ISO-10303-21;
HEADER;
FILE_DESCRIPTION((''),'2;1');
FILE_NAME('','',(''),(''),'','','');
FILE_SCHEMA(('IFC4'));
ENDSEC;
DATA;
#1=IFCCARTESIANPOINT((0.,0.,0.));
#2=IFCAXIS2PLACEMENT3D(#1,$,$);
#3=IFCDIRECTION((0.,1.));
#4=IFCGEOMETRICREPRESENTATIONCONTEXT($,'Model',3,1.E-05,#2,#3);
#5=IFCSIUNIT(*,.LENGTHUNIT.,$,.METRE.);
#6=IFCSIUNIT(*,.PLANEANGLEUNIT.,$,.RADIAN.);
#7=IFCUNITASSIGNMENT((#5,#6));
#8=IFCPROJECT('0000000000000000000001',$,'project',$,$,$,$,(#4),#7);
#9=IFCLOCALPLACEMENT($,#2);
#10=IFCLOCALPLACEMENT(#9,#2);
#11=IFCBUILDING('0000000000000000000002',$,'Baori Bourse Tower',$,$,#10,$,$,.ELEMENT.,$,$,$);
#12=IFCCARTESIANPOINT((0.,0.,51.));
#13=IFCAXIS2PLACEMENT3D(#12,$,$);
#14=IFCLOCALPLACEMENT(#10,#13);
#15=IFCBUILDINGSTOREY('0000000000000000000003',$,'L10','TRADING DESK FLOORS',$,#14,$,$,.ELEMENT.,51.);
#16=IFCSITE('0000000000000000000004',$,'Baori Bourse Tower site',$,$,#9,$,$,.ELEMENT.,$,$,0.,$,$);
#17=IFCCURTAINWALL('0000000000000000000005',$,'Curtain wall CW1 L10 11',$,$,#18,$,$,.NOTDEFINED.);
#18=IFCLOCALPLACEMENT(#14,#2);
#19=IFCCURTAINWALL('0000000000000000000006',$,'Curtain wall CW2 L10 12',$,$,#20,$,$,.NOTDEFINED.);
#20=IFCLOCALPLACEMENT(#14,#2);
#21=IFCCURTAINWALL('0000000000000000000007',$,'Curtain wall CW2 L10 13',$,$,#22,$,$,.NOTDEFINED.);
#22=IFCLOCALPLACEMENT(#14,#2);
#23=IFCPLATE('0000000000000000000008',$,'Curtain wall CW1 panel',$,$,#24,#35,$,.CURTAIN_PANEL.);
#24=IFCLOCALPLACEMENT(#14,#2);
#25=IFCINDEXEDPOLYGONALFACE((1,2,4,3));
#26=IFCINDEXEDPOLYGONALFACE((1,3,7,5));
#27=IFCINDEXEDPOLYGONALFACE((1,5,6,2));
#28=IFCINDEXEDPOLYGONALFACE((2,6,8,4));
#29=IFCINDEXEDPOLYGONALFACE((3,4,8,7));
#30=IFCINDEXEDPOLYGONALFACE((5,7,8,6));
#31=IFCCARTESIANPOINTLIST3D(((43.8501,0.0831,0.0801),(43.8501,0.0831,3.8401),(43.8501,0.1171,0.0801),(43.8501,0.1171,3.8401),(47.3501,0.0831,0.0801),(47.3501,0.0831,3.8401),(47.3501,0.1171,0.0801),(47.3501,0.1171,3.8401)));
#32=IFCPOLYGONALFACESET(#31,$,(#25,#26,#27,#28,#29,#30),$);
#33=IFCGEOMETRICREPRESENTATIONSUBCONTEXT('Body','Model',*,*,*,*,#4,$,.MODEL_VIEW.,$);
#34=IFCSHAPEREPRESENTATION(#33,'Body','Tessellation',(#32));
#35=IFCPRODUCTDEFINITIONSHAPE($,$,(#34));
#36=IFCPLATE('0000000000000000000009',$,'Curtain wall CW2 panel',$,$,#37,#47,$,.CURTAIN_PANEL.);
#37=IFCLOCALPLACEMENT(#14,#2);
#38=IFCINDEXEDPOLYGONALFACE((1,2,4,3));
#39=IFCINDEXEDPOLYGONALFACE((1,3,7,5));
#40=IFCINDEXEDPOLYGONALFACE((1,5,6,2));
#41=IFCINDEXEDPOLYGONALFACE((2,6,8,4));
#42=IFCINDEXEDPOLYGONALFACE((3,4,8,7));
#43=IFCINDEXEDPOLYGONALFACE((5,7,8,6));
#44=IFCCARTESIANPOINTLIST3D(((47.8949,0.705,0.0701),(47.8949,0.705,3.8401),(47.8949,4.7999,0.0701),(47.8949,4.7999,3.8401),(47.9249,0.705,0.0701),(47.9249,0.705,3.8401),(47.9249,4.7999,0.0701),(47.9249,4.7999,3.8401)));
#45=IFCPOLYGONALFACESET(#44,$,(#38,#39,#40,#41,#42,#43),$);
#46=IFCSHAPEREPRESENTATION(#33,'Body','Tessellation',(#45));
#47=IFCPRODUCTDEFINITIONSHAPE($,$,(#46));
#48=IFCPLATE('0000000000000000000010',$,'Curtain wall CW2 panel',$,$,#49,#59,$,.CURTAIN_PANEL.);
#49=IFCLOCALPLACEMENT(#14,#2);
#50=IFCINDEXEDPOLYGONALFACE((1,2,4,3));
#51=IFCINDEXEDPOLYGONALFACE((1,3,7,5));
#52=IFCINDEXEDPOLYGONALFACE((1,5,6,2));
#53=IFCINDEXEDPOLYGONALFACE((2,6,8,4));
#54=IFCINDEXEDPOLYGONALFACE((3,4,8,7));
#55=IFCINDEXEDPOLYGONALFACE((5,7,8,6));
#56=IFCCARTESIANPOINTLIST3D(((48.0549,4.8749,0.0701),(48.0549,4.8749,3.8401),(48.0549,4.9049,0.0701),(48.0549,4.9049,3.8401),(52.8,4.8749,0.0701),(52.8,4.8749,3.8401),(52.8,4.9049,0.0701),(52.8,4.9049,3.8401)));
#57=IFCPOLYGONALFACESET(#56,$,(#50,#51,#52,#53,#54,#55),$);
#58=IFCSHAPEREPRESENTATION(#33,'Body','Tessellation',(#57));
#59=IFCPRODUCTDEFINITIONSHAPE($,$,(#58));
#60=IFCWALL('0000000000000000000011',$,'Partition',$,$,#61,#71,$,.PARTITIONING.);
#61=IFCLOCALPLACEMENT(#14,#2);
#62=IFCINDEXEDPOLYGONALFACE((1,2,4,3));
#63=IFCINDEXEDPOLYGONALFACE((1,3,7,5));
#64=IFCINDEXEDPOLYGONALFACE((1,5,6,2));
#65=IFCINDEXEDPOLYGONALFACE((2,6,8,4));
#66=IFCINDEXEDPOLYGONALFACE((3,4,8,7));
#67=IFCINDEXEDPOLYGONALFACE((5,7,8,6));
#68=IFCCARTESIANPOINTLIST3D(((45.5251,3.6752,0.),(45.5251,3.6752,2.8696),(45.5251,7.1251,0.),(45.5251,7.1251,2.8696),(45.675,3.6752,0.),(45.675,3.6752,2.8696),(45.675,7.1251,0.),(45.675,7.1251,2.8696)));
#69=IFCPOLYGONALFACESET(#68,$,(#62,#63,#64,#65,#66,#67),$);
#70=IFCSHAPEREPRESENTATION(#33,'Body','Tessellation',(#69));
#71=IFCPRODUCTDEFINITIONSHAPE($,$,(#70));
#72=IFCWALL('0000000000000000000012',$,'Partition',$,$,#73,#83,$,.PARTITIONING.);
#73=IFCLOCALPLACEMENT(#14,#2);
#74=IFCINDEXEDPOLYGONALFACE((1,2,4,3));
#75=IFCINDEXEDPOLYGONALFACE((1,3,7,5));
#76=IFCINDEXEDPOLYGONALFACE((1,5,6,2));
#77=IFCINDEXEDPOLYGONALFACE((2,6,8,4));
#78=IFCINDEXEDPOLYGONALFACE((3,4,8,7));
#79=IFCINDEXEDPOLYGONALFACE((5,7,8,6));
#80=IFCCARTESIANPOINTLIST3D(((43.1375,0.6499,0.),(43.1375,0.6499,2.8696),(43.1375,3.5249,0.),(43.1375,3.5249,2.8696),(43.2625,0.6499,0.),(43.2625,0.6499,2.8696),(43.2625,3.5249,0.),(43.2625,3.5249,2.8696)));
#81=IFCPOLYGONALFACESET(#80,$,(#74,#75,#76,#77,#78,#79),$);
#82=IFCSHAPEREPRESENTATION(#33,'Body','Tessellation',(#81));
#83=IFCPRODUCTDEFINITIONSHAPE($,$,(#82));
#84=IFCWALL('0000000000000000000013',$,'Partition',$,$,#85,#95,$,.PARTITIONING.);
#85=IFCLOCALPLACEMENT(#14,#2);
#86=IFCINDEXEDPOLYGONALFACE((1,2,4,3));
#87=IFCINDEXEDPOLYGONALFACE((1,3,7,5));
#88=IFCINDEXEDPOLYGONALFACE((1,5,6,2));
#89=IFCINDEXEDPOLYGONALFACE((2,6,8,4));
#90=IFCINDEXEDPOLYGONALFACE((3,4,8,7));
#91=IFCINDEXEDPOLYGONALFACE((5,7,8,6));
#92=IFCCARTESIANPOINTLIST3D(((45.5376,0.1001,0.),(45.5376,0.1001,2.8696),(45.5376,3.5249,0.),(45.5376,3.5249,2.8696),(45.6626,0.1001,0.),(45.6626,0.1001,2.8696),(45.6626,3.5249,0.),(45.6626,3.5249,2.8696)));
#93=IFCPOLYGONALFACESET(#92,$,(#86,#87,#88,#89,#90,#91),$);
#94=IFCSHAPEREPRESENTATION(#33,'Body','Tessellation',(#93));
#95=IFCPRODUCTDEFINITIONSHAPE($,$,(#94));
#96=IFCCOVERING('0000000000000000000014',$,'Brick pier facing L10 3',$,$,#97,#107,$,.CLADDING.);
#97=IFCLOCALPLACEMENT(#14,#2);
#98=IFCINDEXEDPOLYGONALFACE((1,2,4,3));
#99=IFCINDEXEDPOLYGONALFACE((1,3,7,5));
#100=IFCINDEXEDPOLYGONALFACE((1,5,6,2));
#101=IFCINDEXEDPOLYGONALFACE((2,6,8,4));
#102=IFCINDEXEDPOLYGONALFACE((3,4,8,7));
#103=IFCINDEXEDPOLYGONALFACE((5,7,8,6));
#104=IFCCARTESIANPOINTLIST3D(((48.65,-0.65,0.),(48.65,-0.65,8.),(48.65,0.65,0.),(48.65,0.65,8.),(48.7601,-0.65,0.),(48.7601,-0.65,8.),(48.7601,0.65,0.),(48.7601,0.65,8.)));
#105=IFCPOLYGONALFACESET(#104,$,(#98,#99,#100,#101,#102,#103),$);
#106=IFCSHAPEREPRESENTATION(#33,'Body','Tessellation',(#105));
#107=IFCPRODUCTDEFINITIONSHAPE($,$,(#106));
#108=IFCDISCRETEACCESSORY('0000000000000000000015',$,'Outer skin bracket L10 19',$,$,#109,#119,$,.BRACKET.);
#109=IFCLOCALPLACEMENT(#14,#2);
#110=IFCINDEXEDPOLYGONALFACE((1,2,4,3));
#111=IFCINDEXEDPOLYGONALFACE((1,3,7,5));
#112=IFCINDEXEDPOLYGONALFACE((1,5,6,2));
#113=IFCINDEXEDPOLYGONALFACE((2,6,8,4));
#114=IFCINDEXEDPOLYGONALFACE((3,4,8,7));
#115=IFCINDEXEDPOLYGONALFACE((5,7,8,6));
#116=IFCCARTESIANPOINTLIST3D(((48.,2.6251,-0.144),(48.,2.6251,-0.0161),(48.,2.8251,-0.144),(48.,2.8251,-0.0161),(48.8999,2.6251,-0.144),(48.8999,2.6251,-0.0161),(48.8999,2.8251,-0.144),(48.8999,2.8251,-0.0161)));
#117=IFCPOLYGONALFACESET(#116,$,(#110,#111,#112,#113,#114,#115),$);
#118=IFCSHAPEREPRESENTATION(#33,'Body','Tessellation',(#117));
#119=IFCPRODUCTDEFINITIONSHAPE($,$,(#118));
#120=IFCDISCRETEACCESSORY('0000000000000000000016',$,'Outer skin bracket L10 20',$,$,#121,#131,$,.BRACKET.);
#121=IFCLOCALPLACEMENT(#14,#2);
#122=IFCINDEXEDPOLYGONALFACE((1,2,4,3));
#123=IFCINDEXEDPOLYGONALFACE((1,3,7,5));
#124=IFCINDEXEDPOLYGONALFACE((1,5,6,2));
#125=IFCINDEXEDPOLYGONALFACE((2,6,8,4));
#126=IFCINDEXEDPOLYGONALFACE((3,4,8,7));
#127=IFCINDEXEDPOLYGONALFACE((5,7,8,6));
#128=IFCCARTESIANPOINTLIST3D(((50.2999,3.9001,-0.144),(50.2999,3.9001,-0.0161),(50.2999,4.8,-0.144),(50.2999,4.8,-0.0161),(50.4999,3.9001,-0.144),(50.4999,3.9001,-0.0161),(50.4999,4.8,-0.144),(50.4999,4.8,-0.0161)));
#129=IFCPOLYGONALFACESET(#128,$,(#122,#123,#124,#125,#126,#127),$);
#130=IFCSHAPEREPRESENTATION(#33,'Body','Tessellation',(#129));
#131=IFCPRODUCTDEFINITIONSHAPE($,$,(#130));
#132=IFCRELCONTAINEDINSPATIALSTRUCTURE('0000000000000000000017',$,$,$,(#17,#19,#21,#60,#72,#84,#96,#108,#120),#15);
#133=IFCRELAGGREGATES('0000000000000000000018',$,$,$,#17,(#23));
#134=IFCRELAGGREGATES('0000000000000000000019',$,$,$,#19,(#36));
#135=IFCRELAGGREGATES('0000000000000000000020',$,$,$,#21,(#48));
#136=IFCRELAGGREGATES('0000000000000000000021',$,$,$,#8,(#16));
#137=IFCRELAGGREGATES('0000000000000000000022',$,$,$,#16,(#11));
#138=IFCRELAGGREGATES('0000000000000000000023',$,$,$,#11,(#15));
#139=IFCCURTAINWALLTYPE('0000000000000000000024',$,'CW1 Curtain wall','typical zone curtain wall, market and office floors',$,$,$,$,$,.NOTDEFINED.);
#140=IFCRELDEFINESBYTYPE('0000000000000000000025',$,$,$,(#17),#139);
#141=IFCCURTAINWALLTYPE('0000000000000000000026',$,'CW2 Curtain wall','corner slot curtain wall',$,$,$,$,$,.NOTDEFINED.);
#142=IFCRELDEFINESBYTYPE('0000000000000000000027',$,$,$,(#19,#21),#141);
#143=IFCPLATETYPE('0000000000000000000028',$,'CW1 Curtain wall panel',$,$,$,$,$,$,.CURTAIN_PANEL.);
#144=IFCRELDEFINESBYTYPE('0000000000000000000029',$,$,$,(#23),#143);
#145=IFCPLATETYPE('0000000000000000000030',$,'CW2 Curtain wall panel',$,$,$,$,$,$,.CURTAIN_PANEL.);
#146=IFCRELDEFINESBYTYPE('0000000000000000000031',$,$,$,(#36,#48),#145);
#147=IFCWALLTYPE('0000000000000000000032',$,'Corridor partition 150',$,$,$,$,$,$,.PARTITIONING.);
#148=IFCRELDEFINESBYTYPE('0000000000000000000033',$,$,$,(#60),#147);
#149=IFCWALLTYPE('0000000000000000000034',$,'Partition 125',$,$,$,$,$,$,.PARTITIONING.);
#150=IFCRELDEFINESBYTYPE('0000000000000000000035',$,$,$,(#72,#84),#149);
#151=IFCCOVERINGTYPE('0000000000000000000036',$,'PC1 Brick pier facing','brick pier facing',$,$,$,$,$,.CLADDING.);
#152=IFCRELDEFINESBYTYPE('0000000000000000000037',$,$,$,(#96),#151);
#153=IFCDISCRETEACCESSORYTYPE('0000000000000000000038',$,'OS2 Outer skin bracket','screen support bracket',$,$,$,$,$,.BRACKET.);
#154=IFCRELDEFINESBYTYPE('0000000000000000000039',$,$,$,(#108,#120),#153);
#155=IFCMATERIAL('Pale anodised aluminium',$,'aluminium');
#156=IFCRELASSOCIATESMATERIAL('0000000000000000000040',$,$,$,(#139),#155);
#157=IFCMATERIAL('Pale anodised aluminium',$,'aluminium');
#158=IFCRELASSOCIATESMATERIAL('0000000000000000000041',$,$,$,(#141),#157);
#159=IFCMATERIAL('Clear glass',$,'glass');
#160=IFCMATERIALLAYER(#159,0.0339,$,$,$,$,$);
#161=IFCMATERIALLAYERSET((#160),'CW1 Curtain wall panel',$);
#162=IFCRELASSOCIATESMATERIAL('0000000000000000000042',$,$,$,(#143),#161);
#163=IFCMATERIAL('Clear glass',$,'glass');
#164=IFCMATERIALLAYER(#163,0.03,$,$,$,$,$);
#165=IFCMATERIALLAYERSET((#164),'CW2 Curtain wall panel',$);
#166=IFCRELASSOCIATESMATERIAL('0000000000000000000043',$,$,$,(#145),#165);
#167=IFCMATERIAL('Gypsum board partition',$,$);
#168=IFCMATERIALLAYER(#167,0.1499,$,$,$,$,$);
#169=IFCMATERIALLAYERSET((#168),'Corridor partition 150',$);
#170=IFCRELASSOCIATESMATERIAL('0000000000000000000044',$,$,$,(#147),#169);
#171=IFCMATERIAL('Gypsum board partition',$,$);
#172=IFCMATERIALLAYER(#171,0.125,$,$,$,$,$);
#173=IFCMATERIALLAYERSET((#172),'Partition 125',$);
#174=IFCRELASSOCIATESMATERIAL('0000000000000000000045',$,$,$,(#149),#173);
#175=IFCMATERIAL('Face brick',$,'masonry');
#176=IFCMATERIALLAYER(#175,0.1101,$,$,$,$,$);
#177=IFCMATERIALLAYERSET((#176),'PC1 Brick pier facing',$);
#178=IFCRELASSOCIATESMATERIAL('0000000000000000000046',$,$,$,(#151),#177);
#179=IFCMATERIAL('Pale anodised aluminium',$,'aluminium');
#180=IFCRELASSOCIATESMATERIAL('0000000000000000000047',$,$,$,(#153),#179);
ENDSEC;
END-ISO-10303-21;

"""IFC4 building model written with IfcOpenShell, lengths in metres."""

from ifc_helpers import new_model, si_unit, direction, frame, frame_2d, origin, origin_2d, place, context, subcontext, project, spatial, rectangle, extrude, material, layer, layer_set, type_object, element, aggregate, save


model = new_model("IFC4")

# Units and contexts
model_context = context("Model", 3, precision=1e-05, world=origin(), true_north=direction((0.0, 1.0)))
body_context = subcontext(model_context, "Body", "Model", "MODEL_VIEW")
ifc_project = project(units=[si_unit("LENGTHUNIT", "METRE"), si_unit("PLANEANGLEUNIT", "RADIAN")], contexts=[model_context])

# Site, building, storey
site_placement = place(None, origin())
site = spatial("IfcSite", under=ifc_project, at=site_placement, Name="Baori Bourse Tower site", CompositionType="ELEMENT", RefElevation=0.0)
building_placement = place(site_placement, origin())
building = spatial("IfcBuilding", under=site, at=building_placement, Name="Baori Bourse Tower", CompositionType="ELEMENT")
storey_placement = place(building_placement, frame((0.0, 0.0, 51.0)))
storey = spatial("IfcBuildingStorey", under=building, at=storey_placement, Name="L10", Description="TRADING DESK FLOORS", CompositionType="ELEMENT", Elevation=51.0)

# Curtain walls
ifc_material_1 = material(Name="Pale anodised aluminium", Category="aluminium")
curtain_wall_type_1 = type_object("IfcCurtainWallType", Name="CW1 Curtain wall", Description="typical zone curtain wall, market and office floors", PredefinedType="NOTDEFINED", material=ifc_material_1)
curtain_wall_1_placement = place(storey_placement, origin())
curtain_wall_1 = element("IfcCurtainWall", 1, at=curtain_wall_1_placement, inside=storey, type_object=curtain_wall_type_1, Name="Curtain wall CW1 L10 11", PredefinedType="NOTDEFINED")
ifc_material_2 = material(Name="Pale anodised aluminium", Category="aluminium")
curtain_wall_type_2 = type_object("IfcCurtainWallType", Name="CW2 Curtain wall", Description="corner slot curtain wall", PredefinedType="NOTDEFINED", material=ifc_material_2)
curtain_wall_2_placement = place(storey_placement, origin())
curtain_wall_2 = element("IfcCurtainWall", 2, at=curtain_wall_2_placement, inside=storey, type_object=curtain_wall_type_2, Name="Curtain wall CW2 L10 12", PredefinedType="NOTDEFINED")
curtain_wall_3_placement = place(storey_placement, origin())
curtain_wall_3 = element("IfcCurtainWall", 3, at=curtain_wall_3_placement, inside=storey, type_object=curtain_wall_type_2, Name="Curtain wall CW2 L10 13", PredefinedType="NOTDEFINED")

# Plates
ifc_material_3 = material(Name="Clear glass", Category="glass")
ifc_layer_1 = layer(ifc_material_3, 0.0339)
ifc_layer_set_1 = layer_set([ifc_layer_1], Name="CW1 Curtain wall panel")
plate_type_1 = type_object("IfcPlateType", Name="CW1 Curtain wall panel", PredefinedType="CURTAIN_PANEL", material=ifc_layer_set_1)
plate_1_placement = place(storey_placement, frame((45.6001, 0.1001, 0.0801), z_axis=(0.0, 0.0, 1.0), x_axis=(1.0, 0.0, 0.0)))
plate_1 = element("IfcPlate", 4, at=plate_1_placement, type_object=plate_type_1, Name="Curtain wall CW1 panel", PredefinedType="CURTAIN_PANEL", context=body_context, shape_type="SweptSolid", body=[
    extrude(rectangle(XDim=3.5, YDim=0.0339, at=origin_2d()), origin(), (0.0, 0.0, 1.0), 3.76),
])
aggregate(curtain_wall_1, [plate_1])
ifc_material_4 = material(Name="Clear glass", Category="glass")
ifc_layer_2 = layer(ifc_material_4, 0.03)
ifc_layer_set_2 = layer_set([ifc_layer_2], Name="CW2 Curtain wall panel")
plate_type_2 = type_object("IfcPlateType", Name="CW2 Curtain wall panel", PredefinedType="CURTAIN_PANEL", material=ifc_layer_set_2)
plate_2_placement = place(storey_placement, frame((47.9099, 2.7524, 0.0701), z_axis=(0.0, 0.0, 1.0), x_axis=(0.0, 1.0, 0.0)))
plate_2 = element("IfcPlate", 5, at=plate_2_placement, type_object=plate_type_2, Name="Curtain wall CW2 panel", PredefinedType="CURTAIN_PANEL", context=body_context, shape_type="SweptSolid", body=[
    extrude(rectangle(XDim=4.095, YDim=0.03, at=origin_2d()), origin(), (0.0, 0.0, 1.0), 3.77),
])
aggregate(curtain_wall_2, [plate_2])
plate_3_placement = place(storey_placement, frame((50.4275, 4.8899, 0.0701), z_axis=(0.0, 0.0, 1.0), x_axis=(1.0, 0.0, 0.0)))
plate_3 = element("IfcPlate", 6, at=plate_3_placement, type_object=plate_type_2, Name="Curtain wall CW2 panel", PredefinedType="CURTAIN_PANEL", context=body_context, shape_type="SweptSolid", body=[
    extrude(rectangle(XDim=4.7451, YDim=0.03, at=origin_2d()), origin(), (0.0, 0.0, 1.0), 3.77),
])
aggregate(curtain_wall_3, [plate_3])

# Walls
ifc_material_5 = material(Name="Gypsum board partition")
ifc_layer_3 = layer(ifc_material_5, 0.1499)
ifc_layer_set_3 = layer_set([ifc_layer_3], Name="Corridor partition 150")
wall_type_1 = type_object("IfcWallType", Name="Corridor partition 150", PredefinedType="PARTITIONING", material=ifc_layer_set_3)
wall_1_placement = place(storey_placement, frame((45.6001, 3.675, 0.0), z_axis=(0.0, 0.0, 1.0), x_axis=(0.0, 1.0, 0.0)))
element("IfcWall", 7, at=wall_1_placement, inside=storey, type_object=wall_type_1, Name="Partition", PredefinedType="PARTITIONING", context=body_context, shape_type="SweptSolid", body=[
    extrude(rectangle(XDim=3.45, YDim=0.1499, at=frame_2d((1.7251, 0.0))), origin(), (0.0, 0.0, 1.0), 2.8696),
])
ifc_material_6 = material(Name="Gypsum board partition")
ifc_layer_4 = layer(ifc_material_6, 0.125)
ifc_layer_set_4 = layer_set([ifc_layer_4], Name="Partition 125")
wall_type_2 = type_object("IfcWallType", Name="Partition 125", PredefinedType="PARTITIONING", material=ifc_layer_set_4)
wall_2_placement = place(storey_placement, frame((43.2, 0.6499, 0.0), z_axis=(0.0, 0.0, 1.0), x_axis=(0.0, 1.0, 0.0)))
element("IfcWall", 8, at=wall_2_placement, inside=storey, type_object=wall_type_2, Name="Partition", PredefinedType="PARTITIONING", context=body_context, shape_type="SweptSolid", body=[
    extrude(rectangle(XDim=2.875, YDim=0.125, at=frame_2d((1.4375, 0.0))), origin(), (0.0, 0.0, 1.0), 2.8696),
])
wall_3_placement = place(storey_placement, frame((45.6001, 0.1001, 0.0), z_axis=(0.0, 0.0, 1.0), x_axis=(0.0, 1.0, 0.0)))
element("IfcWall", 9, at=wall_3_placement, inside=storey, type_object=wall_type_2, Name="Partition", PredefinedType="PARTITIONING", context=body_context, shape_type="SweptSolid", body=[
    extrude(rectangle(XDim=3.4248, YDim=0.125, at=frame_2d((1.7124, 0.0))), origin(), (0.0, 0.0, 1.0), 2.8696),
])

# Covering
ifc_material_7 = material(Name="Face brick", Category="masonry")
ifc_layer_5 = layer(ifc_material_7, 0.1101)
ifc_layer_set_5 = layer_set([ifc_layer_5], Name="PC1 Brick pier facing")
covering_type = type_object("IfcCoveringType", Name="PC1 Brick pier facing", Description="brick pier facing", PredefinedType="CLADDING", material=ifc_layer_set_5)
covering_placement = place(storey_placement, frame((48.7051, 0.0, 0.0), z_axis=(0.0, 0.0, 1.0), x_axis=(1.0, 0.0, 0.0)))
element("IfcCovering", 10, at=covering_placement, inside=storey, type_object=covering_type, Name="Brick pier facing L10 3", PredefinedType="CLADDING", context=body_context, shape_type="SweptSolid", body=[
    extrude(rectangle(XDim=0.1101, YDim=1.3, at=origin_2d()), origin(), (0.0, 0.0, 1.0), 8.0),
])

# Discrete accessories
ifc_material_8 = material(Name="Pale anodised aluminium", Category="aluminium")
discrete_accessory_type = type_object("IfcDiscreteAccessoryType", Name="OS2 Outer skin bracket", Description="screen support bracket", PredefinedType="BRACKET", material=ifc_material_8)
for number, where, z_axis, x_axis, name in (
    (11, (48.45, 2.7251, -0.144), (0.0, 0.0, 1.0), (0.0, 1.0, 0.0), "Outer skin bracket L10 19"),
    (12, (50.3999, 4.3501, -0.144), (0.0, 0.0, 1.0), (1.0, 0.0, 0.0), "Outer skin bracket L10 20"),
):
    element("IfcDiscreteAccessory", number, at=place(storey_placement, frame(where, z_axis=z_axis, x_axis=x_axis)), inside=storey, type_object=discrete_accessory_type, Name=name, PredefinedType="BRACKET", context=body_context, shape_type="SweptSolid", body=[
        extrude(rectangle(XDim=0.2, YDim=0.8999, at=origin_2d()), origin(), (0.0, 0.0, 1.0), 0.1279),
    ])

save(model, "model.ifc")
